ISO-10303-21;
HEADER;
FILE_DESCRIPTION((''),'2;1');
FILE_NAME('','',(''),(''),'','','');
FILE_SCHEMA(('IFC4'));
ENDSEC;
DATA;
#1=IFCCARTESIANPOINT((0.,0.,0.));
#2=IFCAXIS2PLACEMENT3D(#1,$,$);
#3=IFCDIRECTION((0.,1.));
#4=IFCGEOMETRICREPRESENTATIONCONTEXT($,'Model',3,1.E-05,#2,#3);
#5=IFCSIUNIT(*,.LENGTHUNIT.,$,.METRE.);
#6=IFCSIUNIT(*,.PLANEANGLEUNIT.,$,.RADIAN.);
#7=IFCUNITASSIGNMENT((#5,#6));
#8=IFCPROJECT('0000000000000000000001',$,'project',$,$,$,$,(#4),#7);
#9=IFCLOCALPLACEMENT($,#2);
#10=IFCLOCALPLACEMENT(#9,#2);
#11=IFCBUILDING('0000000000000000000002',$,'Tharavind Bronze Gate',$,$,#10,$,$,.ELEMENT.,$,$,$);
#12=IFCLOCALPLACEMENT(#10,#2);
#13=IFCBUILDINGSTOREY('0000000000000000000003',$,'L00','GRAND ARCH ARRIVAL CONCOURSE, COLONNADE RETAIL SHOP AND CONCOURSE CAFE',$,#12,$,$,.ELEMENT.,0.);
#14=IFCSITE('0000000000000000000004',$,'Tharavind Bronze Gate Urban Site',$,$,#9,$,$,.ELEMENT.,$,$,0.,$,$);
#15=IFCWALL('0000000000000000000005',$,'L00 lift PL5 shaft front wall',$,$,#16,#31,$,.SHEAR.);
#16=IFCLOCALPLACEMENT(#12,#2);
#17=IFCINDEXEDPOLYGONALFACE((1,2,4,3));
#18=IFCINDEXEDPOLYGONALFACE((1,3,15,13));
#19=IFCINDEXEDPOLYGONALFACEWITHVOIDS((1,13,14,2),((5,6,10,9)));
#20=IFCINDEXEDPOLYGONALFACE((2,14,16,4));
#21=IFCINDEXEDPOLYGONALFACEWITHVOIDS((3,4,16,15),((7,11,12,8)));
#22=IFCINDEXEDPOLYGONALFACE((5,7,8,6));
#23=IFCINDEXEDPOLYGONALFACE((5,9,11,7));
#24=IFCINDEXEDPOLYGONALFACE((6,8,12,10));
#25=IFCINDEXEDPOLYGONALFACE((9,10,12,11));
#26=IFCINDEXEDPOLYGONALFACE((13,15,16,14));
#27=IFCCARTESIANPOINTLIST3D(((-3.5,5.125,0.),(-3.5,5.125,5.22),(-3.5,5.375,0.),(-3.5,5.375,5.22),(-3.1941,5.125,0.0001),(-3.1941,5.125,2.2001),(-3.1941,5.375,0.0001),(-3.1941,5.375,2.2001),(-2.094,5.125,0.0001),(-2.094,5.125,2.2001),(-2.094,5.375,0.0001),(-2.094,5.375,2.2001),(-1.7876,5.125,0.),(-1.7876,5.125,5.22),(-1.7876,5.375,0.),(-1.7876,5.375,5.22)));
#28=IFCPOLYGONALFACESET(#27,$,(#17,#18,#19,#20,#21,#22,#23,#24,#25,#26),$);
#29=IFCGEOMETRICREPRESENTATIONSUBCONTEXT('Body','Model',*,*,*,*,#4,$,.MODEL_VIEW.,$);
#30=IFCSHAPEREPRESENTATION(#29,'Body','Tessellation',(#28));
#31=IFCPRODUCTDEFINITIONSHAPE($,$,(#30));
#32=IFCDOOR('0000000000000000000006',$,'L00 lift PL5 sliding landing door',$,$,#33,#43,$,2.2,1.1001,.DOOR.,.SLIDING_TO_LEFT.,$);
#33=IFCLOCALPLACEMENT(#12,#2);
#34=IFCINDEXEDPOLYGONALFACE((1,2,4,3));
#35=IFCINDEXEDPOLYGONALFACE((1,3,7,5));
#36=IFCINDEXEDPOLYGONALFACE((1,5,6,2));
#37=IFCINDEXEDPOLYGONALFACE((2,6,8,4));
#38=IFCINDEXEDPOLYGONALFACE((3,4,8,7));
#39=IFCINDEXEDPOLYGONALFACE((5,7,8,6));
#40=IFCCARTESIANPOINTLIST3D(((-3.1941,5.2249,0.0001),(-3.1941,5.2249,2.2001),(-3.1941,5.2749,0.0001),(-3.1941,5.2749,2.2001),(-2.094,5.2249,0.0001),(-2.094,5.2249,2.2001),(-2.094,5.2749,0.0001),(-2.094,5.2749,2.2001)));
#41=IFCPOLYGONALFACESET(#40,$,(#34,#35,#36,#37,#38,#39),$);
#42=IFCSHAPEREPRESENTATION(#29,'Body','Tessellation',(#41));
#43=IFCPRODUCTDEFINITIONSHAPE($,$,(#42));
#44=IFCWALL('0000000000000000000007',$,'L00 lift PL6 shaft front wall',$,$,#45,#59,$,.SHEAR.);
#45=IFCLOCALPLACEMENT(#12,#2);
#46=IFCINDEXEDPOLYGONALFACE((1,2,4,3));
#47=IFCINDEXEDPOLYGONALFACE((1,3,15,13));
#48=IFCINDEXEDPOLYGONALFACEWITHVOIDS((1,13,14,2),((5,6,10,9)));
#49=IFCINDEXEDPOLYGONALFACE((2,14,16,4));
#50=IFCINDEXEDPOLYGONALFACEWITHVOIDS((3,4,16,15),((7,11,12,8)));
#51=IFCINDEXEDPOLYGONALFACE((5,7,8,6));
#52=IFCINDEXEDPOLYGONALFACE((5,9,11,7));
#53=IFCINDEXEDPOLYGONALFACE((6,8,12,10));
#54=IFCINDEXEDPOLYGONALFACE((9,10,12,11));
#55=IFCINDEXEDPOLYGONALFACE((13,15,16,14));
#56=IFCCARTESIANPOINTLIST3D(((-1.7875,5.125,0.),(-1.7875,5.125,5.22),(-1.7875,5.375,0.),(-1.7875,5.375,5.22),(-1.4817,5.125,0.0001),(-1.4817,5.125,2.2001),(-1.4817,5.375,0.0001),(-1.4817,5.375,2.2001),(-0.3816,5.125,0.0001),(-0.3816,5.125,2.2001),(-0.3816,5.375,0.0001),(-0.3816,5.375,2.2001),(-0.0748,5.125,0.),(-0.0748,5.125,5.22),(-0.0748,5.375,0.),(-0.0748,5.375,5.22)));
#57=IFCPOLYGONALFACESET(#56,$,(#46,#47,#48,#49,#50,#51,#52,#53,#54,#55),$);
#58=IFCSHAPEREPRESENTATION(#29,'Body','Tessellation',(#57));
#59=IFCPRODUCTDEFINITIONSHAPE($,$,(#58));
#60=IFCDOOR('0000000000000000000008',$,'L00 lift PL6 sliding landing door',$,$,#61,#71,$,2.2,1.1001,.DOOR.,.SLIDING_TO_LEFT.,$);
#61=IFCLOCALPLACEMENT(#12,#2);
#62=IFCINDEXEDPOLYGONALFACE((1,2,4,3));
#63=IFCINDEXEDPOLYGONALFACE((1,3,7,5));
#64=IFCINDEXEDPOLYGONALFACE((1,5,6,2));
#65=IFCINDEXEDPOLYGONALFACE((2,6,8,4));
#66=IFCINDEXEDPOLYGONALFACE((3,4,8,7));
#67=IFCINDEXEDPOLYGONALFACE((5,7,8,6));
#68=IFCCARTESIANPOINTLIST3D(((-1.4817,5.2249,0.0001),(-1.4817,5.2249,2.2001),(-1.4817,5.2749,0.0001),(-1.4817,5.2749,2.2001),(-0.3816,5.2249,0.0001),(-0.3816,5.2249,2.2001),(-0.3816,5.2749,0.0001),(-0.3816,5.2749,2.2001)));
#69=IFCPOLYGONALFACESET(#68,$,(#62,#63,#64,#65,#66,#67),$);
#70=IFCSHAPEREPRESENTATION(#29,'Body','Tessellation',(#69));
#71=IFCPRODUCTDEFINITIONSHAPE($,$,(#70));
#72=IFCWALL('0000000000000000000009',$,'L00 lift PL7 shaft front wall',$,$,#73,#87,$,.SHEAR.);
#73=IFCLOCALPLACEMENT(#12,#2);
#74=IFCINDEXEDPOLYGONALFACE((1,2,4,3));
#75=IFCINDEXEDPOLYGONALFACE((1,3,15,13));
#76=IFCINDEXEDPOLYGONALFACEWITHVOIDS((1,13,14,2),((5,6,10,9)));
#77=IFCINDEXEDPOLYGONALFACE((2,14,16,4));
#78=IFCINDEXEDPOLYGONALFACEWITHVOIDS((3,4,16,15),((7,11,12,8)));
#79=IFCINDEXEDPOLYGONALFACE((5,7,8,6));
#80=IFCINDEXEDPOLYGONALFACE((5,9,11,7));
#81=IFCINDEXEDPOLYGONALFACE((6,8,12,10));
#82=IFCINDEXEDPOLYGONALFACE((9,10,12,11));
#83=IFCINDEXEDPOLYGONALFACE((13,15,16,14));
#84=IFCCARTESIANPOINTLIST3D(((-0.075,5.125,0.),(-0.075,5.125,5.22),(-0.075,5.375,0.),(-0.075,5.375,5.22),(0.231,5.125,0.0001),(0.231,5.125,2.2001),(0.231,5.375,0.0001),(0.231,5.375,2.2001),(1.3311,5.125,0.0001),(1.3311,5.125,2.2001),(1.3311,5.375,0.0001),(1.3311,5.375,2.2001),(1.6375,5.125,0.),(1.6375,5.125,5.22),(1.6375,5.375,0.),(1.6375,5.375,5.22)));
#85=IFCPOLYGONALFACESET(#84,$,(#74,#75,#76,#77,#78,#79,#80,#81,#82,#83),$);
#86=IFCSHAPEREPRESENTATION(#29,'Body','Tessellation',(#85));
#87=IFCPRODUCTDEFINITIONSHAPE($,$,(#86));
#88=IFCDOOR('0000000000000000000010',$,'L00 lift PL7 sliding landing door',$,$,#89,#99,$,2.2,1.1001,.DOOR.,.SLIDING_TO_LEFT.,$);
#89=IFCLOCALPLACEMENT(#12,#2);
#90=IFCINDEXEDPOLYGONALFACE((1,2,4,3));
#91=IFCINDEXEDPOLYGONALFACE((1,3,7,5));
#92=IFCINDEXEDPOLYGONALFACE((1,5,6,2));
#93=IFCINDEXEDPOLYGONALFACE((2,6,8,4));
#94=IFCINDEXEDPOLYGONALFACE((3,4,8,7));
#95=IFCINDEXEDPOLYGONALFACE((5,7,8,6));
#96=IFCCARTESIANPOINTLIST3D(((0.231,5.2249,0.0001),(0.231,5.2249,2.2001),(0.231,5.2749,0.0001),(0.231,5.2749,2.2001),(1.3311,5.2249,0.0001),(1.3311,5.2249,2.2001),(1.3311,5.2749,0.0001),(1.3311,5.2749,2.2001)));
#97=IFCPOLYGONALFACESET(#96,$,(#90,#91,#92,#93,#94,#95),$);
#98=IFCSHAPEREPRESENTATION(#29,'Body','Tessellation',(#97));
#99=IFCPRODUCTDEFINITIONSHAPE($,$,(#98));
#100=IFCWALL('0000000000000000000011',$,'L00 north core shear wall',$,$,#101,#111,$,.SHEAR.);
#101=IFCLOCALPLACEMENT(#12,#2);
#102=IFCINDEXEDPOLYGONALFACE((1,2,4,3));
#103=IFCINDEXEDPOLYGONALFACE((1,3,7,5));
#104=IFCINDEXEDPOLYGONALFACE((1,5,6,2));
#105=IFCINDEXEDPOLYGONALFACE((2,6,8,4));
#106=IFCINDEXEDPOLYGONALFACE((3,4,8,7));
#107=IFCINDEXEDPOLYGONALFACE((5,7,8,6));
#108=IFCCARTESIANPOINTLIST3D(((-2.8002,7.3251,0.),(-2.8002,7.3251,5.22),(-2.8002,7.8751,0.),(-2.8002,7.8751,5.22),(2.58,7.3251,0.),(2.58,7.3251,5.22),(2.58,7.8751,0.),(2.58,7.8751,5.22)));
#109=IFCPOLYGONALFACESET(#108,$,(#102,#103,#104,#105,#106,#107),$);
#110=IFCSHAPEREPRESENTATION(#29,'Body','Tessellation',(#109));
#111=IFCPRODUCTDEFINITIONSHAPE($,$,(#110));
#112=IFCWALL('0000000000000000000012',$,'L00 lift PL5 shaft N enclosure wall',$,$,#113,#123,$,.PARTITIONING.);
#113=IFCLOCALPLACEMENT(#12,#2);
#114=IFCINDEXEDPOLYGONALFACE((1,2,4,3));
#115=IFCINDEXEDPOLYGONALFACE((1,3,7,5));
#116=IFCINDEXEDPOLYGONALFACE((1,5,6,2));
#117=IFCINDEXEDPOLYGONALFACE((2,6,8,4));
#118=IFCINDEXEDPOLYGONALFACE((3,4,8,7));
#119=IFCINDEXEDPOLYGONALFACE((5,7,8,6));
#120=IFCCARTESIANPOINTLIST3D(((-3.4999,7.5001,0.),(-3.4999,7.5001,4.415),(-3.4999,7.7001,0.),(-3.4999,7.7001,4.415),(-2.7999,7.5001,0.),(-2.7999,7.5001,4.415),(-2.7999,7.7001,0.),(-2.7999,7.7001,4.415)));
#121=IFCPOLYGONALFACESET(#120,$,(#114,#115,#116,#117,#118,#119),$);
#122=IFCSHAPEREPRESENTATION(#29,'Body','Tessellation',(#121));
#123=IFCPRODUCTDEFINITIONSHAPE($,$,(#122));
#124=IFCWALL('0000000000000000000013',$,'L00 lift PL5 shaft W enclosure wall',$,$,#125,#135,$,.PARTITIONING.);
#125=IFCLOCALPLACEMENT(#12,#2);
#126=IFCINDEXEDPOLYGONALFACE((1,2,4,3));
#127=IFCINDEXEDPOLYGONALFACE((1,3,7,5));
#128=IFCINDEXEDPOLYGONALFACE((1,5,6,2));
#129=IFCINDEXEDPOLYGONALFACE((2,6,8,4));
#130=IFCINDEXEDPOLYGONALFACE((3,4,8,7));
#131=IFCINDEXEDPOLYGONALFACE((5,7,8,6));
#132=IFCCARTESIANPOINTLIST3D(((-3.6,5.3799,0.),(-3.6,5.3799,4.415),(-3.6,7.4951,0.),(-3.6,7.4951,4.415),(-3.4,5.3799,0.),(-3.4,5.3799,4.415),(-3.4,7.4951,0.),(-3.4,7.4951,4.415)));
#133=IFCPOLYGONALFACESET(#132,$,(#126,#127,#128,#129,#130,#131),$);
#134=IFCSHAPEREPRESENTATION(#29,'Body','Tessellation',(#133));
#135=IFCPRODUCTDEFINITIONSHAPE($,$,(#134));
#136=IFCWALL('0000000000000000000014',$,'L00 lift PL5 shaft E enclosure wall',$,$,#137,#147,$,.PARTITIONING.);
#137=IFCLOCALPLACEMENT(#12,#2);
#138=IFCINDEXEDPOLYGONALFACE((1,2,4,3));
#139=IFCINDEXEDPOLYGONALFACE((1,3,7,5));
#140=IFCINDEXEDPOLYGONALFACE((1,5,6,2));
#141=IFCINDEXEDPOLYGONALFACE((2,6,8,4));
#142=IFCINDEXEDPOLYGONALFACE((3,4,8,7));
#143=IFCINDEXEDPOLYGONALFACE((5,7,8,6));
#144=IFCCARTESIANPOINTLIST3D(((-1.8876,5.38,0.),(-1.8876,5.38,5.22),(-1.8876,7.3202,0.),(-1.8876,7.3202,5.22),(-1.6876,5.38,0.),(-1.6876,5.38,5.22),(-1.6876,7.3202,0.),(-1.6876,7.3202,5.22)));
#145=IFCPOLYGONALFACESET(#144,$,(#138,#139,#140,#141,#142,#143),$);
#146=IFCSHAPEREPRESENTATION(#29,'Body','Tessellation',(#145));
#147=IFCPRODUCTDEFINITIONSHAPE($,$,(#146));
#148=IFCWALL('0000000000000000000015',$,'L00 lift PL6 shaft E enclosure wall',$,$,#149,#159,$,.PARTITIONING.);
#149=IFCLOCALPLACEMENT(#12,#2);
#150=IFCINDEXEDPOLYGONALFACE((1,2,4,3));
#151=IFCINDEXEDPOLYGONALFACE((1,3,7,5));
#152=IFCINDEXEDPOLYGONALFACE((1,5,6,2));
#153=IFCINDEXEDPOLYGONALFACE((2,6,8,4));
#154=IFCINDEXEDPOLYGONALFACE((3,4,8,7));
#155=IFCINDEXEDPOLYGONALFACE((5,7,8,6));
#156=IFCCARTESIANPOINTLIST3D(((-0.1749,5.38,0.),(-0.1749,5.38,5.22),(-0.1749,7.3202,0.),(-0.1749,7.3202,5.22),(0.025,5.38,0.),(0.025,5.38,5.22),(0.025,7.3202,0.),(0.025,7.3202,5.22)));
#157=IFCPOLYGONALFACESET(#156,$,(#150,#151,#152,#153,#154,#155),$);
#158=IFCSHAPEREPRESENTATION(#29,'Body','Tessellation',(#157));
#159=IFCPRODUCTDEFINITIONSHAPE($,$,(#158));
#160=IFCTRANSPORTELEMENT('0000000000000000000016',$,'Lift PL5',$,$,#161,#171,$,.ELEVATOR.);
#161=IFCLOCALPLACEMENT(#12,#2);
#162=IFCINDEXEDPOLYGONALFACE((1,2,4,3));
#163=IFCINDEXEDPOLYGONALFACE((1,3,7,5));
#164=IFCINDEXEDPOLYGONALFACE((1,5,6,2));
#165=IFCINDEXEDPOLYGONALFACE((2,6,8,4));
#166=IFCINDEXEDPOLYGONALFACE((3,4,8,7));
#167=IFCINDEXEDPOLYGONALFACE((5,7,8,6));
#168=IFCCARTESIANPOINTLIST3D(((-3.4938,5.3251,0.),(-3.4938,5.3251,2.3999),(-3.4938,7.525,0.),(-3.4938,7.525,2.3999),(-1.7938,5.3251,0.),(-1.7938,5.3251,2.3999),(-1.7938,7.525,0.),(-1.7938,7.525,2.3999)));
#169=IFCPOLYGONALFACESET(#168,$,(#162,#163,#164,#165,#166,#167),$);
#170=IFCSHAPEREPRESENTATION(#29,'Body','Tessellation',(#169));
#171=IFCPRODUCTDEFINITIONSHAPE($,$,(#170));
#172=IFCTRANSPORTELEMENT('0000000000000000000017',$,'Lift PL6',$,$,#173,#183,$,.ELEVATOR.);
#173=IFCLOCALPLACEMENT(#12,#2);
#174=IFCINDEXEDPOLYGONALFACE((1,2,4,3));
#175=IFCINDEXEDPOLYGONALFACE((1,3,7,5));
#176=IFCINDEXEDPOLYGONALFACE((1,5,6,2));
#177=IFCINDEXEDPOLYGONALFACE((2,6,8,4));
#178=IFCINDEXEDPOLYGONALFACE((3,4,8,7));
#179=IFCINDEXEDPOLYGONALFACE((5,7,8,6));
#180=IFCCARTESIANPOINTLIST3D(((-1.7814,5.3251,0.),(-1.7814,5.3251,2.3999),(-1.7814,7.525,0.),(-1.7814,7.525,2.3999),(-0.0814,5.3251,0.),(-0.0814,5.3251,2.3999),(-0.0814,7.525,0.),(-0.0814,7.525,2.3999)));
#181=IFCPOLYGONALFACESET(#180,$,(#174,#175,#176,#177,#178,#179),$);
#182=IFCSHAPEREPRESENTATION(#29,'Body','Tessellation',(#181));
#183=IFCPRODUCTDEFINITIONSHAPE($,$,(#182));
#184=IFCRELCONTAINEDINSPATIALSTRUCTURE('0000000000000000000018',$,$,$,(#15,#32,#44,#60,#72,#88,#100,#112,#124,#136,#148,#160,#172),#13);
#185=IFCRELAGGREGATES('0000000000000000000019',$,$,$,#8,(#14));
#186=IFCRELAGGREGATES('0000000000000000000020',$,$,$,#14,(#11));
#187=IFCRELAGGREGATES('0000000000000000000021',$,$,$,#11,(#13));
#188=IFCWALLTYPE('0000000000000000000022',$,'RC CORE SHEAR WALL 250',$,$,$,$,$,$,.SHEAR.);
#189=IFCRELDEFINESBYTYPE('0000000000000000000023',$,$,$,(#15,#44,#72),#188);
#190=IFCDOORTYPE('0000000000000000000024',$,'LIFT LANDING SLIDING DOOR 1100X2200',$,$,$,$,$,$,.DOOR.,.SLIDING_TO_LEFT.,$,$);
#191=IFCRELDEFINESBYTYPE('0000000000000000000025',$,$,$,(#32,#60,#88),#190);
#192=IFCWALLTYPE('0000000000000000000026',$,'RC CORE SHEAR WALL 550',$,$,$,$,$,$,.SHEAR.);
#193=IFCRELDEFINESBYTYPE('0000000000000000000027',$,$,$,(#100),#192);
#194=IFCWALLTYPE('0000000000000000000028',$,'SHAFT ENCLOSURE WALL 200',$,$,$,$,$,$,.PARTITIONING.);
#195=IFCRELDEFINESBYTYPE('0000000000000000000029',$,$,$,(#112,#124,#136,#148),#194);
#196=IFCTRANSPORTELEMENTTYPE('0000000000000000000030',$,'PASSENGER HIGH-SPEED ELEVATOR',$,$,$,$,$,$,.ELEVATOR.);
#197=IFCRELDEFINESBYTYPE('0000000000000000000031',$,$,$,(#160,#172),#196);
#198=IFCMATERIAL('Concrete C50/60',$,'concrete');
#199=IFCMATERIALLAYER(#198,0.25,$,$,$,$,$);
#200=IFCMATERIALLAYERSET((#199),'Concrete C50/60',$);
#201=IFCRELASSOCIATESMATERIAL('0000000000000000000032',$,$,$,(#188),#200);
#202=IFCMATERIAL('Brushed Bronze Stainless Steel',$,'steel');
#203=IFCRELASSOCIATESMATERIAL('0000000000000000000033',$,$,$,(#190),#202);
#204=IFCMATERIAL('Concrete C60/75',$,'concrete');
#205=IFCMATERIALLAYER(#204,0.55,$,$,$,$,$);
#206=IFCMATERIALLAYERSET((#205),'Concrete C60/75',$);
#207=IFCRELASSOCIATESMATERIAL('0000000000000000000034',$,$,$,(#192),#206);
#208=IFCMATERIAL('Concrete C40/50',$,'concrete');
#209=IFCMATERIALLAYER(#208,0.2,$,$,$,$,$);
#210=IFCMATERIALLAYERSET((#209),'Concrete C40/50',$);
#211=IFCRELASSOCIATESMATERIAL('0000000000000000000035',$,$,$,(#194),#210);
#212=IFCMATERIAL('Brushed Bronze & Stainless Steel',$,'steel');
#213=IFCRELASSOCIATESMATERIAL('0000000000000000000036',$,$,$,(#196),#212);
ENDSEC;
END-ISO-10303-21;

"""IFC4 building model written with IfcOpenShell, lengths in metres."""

from ifc_helpers import new_model, si_unit, direction, frame, frame_2d, origin, origin_2d, place, context, subcontext, project, spatial, rectangle, extrude, material, layer, layer_set, type_object, element, fill, save


model = new_model("IFC4")

# Units and contexts
model_context = context("Model", 3, precision=1e-05, world=origin(), true_north=direction((0.0, 1.0)))
body_context = subcontext(model_context, "Body", "Model", "MODEL_VIEW")
ifc_project = project(units=[si_unit("LENGTHUNIT", "METRE"), si_unit("PLANEANGLEUNIT", "RADIAN")], contexts=[model_context])

# Site, building, storey
site_placement = place(None, origin())
site = spatial("IfcSite", under=ifc_project, at=site_placement, Name="Tharavind Bronze Gate Urban Site", CompositionType="ELEMENT", RefElevation=0.0)
building_placement = place(site_placement, origin())
building = spatial("IfcBuilding", under=site, at=building_placement, Name="Tharavind Bronze Gate", CompositionType="ELEMENT")
storey_placement = place(building_placement, origin())
storey = spatial("IfcBuildingStorey", under=building, at=storey_placement, Name="L00", Description="GRAND ARCH ARRIVAL CONCOURSE, COLONNADE RETAIL SHOP AND CONCOURSE CAFE", CompositionType="ELEMENT", Elevation=0.0)

# Shared definitions
ifc_material_1 = material(Name="Concrete C50/60", Category="concrete")

# Walls, openings, doors
ifc_layer_1 = layer(ifc_material_1, 0.25)
ifc_layer_set_1 = layer_set([ifc_layer_1], Name="Concrete C50/60")
wall_type_1 = type_object("IfcWallType", Name="RC CORE SHEAR WALL 250", PredefinedType="SHEAR", material=ifc_layer_set_1)
wall_1_placement = place(storey_placement, frame((-3.5, 5.25, 0.0), z_axis=(0.0, 0.0, 1.0), x_axis=(1.0, 0.0, 0.0)))
wall_1 = element("IfcWall", 1, at=wall_1_placement, inside=storey, type_object=wall_type_1, Name="L00 lift PL5 shaft front wall", PredefinedType="SHEAR", context=body_context, shape_type="SweptSolid", body=[
    extrude(rectangle(XDim=1.7124, YDim=0.25, at=frame_2d((0.8562, 0.0))), origin(), (0.0, 0.0, 1.0), 5.22),
])
opening_1_placement = place(wall_1_placement, frame((0.3059, 0.0, 0.0)))
opening_1 = element("IfcOpeningElement", 2, at=opening_1_placement, cuts=wall_1, PredefinedType="OPENING", context=body_context, shape_type="SweptSolid", body=[
    extrude(rectangle(XDim=1.1001, YDim=2.2, at=frame_2d((0.55, 1.1001))), frame((0.0, 0.135, 0.0), z_axis=(0.0, -1.0, 0.0), x_axis=(1.0, 0.0, 0.0)), (0.0, 0.0, 1.0), 0.27),
])
ifc_material_2 = material(Name="Brushed Bronze Stainless Steel", Category="steel")
door_type_1 = type_object("IfcDoorType", Name="LIFT LANDING SLIDING DOOR 1100X2200", OperationType="SLIDING_TO_LEFT", PredefinedType="DOOR", material=ifc_material_2)
door_1_placement = place(opening_1_placement, origin())
door_1 = element("IfcDoor", 3, at=door_1_placement, inside=storey, type_object=door_type_1, Name="L00 lift PL5 sliding landing door", OperationType="SLIDING_TO_LEFT", OverallHeight=2.2, OverallWidth=1.1001, PredefinedType="DOOR", context=body_context, shape_type="SweptSolid", body=[
    extrude(rectangle(XDim=1.1001, YDim=2.2, at=frame_2d((0.55, 1.1001))), frame((0.0, 0.0249, 0.0), z_axis=(0.0, -1.0, 0.0), x_axis=(1.0, 0.0, 0.0)), (0.0, 0.0, 1.0), 0.05),
])
fill(opening_1, door_1)
wall_2_placement = place(storey_placement, frame((-1.7876, 5.25, 0.0), z_axis=(0.0, 0.0, 1.0), x_axis=(1.0, 0.0, 0.0)))
wall_2 = element("IfcWall", 4, at=wall_2_placement, inside=storey, type_object=wall_type_1, Name="L00 lift PL6 shaft front wall", PredefinedType="SHEAR", context=body_context, shape_type="SweptSolid", body=[
    extrude(rectangle(XDim=1.7126, YDim=0.25, at=frame_2d((0.8564, 0.0))), origin(), (0.0, 0.0, 1.0), 5.22),
])
opening_2_placement = place(wall_2_placement, frame((0.3059, 0.0, 0.0)))
opening_2 = element("IfcOpeningElement", 5, at=opening_2_placement, cuts=wall_2, PredefinedType="OPENING", context=body_context, shape_type="SweptSolid", body=[
    extrude(rectangle(XDim=1.1001, YDim=2.2, at=frame_2d((0.55, 1.1001))), frame((0.0, 0.135, 0.0), z_axis=(0.0, -1.0, 0.0), x_axis=(1.0, 0.0, 0.0)), (0.0, 0.0, 1.0), 0.27),
])
door_2_placement = place(opening_2_placement, origin())
door_2 = element("IfcDoor", 6, at=door_2_placement, inside=storey, type_object=door_type_1, Name="L00 lift PL6 sliding landing door", OperationType="SLIDING_TO_LEFT", OverallHeight=2.2, OverallWidth=1.1001, PredefinedType="DOOR", context=body_context, shape_type="SweptSolid", body=[
    extrude(rectangle(XDim=1.1001, YDim=2.2, at=frame_2d((0.55, 1.1001))), frame((0.0, 0.0249, 0.0), z_axis=(0.0, -1.0, 0.0), x_axis=(1.0, 0.0, 0.0)), (0.0, 0.0, 1.0), 0.05),
])
fill(opening_2, door_2)
wall_3_placement = place(storey_placement, frame((-0.075, 5.25, 0.0), z_axis=(0.0, 0.0, 1.0), x_axis=(1.0, 0.0, 0.0)))
wall_3 = element("IfcWall", 7, at=wall_3_placement, inside=storey, type_object=wall_type_1, Name="L00 lift PL7 shaft front wall", PredefinedType="SHEAR", context=body_context, shape_type="SweptSolid", body=[
    extrude(rectangle(XDim=1.7124, YDim=0.25, at=frame_2d((0.8562, 0.0))), origin(), (0.0, 0.0, 1.0), 5.22),
])
opening_3_placement = place(wall_3_placement, frame((0.3059, 0.0, 0.0)))
opening_3 = element("IfcOpeningElement", 8, at=opening_3_placement, cuts=wall_3, PredefinedType="OPENING", context=body_context, shape_type="SweptSolid", body=[
    extrude(rectangle(XDim=1.1001, YDim=2.2, at=frame_2d((0.55, 1.1001))), frame((0.0, 0.135, 0.0), z_axis=(0.0, -1.0, 0.0), x_axis=(1.0, 0.0, 0.0)), (0.0, 0.0, 1.0), 0.27),
])
door_3_placement = place(opening_3_placement, origin())
door_3 = element("IfcDoor", 9, at=door_3_placement, inside=storey, type_object=door_type_1, Name="L00 lift PL7 sliding landing door", OperationType="SLIDING_TO_LEFT", OverallHeight=2.2, OverallWidth=1.1001, PredefinedType="DOOR", context=body_context, shape_type="SweptSolid", body=[
    extrude(rectangle(XDim=1.1001, YDim=2.2, at=frame_2d((0.55, 1.1001))), frame((0.0, 0.0249, 0.0), z_axis=(0.0, -1.0, 0.0), x_axis=(1.0, 0.0, 0.0)), (0.0, 0.0, 1.0), 0.05),
])
fill(opening_3, door_3)

# Walls
ifc_material_3 = material(Name="Concrete C60/75", Category="concrete")
ifc_layer_2 = layer(ifc_material_3, 0.55)
ifc_layer_set_2 = layer_set([ifc_layer_2], Name="Concrete C60/75")
wall_type_2 = type_object("IfcWallType", Name="RC CORE SHEAR WALL 550", PredefinedType="SHEAR", material=ifc_layer_set_2)
wall_4_placement = place(storey_placement, frame((-2.8, 7.6001, 0.0), z_axis=(0.0, 0.0, 1.0), x_axis=(1.0, 0.0, 0.0)))
element("IfcWall", 10, at=wall_4_placement, inside=storey, type_object=wall_type_2, Name="L00 north core shear wall", PredefinedType="SHEAR", context=body_context, shape_type="SweptSolid", body=[
    extrude(rectangle(XDim=5.3801, YDim=0.55, at=frame_2d((2.6899, 0.0))), origin(), (0.0, 0.0, 1.0), 5.22),
])
ifc_material_4 = material(Name="Concrete C40/50", Category="concrete")
ifc_layer_3 = layer(ifc_material_4, 0.2)
ifc_layer_set_3 = layer_set([ifc_layer_3], Name="Concrete C40/50")
wall_type_3 = type_object("IfcWallType", Name="SHAFT ENCLOSURE WALL 200", PredefinedType="PARTITIONING", material=ifc_layer_set_3)
wall_5_placement = place(storey_placement, frame((-3.5, 7.6001, 0.0), z_axis=(0.0, 0.0, 1.0), x_axis=(1.0, 0.0, 0.0)))
element("IfcWall", 11, at=wall_5_placement, inside=storey, type_object=wall_type_3, Name="L00 lift PL5 shaft N enclosure wall", PredefinedType="PARTITIONING", context=body_context, shape_type="SweptSolid", body=[
    extrude(rectangle(XDim=0.7, YDim=0.2, at=frame_2d((0.3501, 0.0))), origin(), (0.0, 0.0, 1.0), 4.415),
])
wall_6_placement = place(storey_placement, frame((-3.5, 5.3799, 0.0), z_axis=(0.0, 0.0, 1.0), x_axis=(0.0, 1.0, 0.0)))
element("IfcWall", 12, at=wall_6_placement, inside=storey, type_object=wall_type_3, Name="L00 lift PL5 shaft W enclosure wall", PredefinedType="PARTITIONING", context=body_context, shape_type="SweptSolid", body=[
    extrude(rectangle(XDim=2.1152, YDim=0.2, at=frame_2d((1.0576, 0.0))), origin(), (0.0, 0.0, 1.0), 4.415),
])
for number, where, z_axis, x_axis, name in (
    (13, (-1.7876, 5.3799, 0.0), (0.0, 0.0, 1.0), (0.0, 1.0, 0.0), "L00 lift PL5 shaft E enclosure wall"),
    (14, (-0.075, 5.3799, 0.0), (0.0, 0.0, 1.0), (0.0, 1.0, 0.0), "L00 lift PL6 shaft E enclosure wall"),
):
    element("IfcWall", number, at=place(storey_placement, frame(where, z_axis=z_axis, x_axis=x_axis)), inside=storey, type_object=wall_type_3, Name=name, PredefinedType="PARTITIONING", context=body_context, shape_type="SweptSolid", body=[
        extrude(rectangle(XDim=1.9402, YDim=0.2, at=frame_2d((0.9702, 0.0))), origin(), (0.0, 0.0, 1.0), 5.22),
    ])

# Transport elements
ifc_material_5 = material(Name="Brushed Bronze & Stainless Steel", Category="steel")
transport_element_type = type_object("IfcTransportElementType", Name="PASSENGER HIGH-SPEED ELEVATOR", PredefinedType="ELEVATOR", material=ifc_material_5)
for number, where, z_axis, x_axis, name in (
    (15, (-2.6438, 6.425, 0.0), (0.0, 0.0, 1.0), (1.0, 0.0, 0.0), "Lift PL5"),
    (16, (-0.9314, 6.425, 0.0), (0.0, 0.0, 1.0), (1.0, 0.0, 0.0), "Lift PL6"),
):
    element("IfcTransportElement", number, at=place(storey_placement, frame(where, z_axis=z_axis, x_axis=x_axis)), inside=storey, type_object=transport_element_type, Name=name, PredefinedType="ELEVATOR", context=body_context, shape_type="SweptSolid", body=[
        extrude(rectangle(XDim=1.7, YDim=2.2, at=origin_2d()), origin(), (0.0, 0.0, 1.0), 2.3999),
    ])

save(model, "model.ifc")
